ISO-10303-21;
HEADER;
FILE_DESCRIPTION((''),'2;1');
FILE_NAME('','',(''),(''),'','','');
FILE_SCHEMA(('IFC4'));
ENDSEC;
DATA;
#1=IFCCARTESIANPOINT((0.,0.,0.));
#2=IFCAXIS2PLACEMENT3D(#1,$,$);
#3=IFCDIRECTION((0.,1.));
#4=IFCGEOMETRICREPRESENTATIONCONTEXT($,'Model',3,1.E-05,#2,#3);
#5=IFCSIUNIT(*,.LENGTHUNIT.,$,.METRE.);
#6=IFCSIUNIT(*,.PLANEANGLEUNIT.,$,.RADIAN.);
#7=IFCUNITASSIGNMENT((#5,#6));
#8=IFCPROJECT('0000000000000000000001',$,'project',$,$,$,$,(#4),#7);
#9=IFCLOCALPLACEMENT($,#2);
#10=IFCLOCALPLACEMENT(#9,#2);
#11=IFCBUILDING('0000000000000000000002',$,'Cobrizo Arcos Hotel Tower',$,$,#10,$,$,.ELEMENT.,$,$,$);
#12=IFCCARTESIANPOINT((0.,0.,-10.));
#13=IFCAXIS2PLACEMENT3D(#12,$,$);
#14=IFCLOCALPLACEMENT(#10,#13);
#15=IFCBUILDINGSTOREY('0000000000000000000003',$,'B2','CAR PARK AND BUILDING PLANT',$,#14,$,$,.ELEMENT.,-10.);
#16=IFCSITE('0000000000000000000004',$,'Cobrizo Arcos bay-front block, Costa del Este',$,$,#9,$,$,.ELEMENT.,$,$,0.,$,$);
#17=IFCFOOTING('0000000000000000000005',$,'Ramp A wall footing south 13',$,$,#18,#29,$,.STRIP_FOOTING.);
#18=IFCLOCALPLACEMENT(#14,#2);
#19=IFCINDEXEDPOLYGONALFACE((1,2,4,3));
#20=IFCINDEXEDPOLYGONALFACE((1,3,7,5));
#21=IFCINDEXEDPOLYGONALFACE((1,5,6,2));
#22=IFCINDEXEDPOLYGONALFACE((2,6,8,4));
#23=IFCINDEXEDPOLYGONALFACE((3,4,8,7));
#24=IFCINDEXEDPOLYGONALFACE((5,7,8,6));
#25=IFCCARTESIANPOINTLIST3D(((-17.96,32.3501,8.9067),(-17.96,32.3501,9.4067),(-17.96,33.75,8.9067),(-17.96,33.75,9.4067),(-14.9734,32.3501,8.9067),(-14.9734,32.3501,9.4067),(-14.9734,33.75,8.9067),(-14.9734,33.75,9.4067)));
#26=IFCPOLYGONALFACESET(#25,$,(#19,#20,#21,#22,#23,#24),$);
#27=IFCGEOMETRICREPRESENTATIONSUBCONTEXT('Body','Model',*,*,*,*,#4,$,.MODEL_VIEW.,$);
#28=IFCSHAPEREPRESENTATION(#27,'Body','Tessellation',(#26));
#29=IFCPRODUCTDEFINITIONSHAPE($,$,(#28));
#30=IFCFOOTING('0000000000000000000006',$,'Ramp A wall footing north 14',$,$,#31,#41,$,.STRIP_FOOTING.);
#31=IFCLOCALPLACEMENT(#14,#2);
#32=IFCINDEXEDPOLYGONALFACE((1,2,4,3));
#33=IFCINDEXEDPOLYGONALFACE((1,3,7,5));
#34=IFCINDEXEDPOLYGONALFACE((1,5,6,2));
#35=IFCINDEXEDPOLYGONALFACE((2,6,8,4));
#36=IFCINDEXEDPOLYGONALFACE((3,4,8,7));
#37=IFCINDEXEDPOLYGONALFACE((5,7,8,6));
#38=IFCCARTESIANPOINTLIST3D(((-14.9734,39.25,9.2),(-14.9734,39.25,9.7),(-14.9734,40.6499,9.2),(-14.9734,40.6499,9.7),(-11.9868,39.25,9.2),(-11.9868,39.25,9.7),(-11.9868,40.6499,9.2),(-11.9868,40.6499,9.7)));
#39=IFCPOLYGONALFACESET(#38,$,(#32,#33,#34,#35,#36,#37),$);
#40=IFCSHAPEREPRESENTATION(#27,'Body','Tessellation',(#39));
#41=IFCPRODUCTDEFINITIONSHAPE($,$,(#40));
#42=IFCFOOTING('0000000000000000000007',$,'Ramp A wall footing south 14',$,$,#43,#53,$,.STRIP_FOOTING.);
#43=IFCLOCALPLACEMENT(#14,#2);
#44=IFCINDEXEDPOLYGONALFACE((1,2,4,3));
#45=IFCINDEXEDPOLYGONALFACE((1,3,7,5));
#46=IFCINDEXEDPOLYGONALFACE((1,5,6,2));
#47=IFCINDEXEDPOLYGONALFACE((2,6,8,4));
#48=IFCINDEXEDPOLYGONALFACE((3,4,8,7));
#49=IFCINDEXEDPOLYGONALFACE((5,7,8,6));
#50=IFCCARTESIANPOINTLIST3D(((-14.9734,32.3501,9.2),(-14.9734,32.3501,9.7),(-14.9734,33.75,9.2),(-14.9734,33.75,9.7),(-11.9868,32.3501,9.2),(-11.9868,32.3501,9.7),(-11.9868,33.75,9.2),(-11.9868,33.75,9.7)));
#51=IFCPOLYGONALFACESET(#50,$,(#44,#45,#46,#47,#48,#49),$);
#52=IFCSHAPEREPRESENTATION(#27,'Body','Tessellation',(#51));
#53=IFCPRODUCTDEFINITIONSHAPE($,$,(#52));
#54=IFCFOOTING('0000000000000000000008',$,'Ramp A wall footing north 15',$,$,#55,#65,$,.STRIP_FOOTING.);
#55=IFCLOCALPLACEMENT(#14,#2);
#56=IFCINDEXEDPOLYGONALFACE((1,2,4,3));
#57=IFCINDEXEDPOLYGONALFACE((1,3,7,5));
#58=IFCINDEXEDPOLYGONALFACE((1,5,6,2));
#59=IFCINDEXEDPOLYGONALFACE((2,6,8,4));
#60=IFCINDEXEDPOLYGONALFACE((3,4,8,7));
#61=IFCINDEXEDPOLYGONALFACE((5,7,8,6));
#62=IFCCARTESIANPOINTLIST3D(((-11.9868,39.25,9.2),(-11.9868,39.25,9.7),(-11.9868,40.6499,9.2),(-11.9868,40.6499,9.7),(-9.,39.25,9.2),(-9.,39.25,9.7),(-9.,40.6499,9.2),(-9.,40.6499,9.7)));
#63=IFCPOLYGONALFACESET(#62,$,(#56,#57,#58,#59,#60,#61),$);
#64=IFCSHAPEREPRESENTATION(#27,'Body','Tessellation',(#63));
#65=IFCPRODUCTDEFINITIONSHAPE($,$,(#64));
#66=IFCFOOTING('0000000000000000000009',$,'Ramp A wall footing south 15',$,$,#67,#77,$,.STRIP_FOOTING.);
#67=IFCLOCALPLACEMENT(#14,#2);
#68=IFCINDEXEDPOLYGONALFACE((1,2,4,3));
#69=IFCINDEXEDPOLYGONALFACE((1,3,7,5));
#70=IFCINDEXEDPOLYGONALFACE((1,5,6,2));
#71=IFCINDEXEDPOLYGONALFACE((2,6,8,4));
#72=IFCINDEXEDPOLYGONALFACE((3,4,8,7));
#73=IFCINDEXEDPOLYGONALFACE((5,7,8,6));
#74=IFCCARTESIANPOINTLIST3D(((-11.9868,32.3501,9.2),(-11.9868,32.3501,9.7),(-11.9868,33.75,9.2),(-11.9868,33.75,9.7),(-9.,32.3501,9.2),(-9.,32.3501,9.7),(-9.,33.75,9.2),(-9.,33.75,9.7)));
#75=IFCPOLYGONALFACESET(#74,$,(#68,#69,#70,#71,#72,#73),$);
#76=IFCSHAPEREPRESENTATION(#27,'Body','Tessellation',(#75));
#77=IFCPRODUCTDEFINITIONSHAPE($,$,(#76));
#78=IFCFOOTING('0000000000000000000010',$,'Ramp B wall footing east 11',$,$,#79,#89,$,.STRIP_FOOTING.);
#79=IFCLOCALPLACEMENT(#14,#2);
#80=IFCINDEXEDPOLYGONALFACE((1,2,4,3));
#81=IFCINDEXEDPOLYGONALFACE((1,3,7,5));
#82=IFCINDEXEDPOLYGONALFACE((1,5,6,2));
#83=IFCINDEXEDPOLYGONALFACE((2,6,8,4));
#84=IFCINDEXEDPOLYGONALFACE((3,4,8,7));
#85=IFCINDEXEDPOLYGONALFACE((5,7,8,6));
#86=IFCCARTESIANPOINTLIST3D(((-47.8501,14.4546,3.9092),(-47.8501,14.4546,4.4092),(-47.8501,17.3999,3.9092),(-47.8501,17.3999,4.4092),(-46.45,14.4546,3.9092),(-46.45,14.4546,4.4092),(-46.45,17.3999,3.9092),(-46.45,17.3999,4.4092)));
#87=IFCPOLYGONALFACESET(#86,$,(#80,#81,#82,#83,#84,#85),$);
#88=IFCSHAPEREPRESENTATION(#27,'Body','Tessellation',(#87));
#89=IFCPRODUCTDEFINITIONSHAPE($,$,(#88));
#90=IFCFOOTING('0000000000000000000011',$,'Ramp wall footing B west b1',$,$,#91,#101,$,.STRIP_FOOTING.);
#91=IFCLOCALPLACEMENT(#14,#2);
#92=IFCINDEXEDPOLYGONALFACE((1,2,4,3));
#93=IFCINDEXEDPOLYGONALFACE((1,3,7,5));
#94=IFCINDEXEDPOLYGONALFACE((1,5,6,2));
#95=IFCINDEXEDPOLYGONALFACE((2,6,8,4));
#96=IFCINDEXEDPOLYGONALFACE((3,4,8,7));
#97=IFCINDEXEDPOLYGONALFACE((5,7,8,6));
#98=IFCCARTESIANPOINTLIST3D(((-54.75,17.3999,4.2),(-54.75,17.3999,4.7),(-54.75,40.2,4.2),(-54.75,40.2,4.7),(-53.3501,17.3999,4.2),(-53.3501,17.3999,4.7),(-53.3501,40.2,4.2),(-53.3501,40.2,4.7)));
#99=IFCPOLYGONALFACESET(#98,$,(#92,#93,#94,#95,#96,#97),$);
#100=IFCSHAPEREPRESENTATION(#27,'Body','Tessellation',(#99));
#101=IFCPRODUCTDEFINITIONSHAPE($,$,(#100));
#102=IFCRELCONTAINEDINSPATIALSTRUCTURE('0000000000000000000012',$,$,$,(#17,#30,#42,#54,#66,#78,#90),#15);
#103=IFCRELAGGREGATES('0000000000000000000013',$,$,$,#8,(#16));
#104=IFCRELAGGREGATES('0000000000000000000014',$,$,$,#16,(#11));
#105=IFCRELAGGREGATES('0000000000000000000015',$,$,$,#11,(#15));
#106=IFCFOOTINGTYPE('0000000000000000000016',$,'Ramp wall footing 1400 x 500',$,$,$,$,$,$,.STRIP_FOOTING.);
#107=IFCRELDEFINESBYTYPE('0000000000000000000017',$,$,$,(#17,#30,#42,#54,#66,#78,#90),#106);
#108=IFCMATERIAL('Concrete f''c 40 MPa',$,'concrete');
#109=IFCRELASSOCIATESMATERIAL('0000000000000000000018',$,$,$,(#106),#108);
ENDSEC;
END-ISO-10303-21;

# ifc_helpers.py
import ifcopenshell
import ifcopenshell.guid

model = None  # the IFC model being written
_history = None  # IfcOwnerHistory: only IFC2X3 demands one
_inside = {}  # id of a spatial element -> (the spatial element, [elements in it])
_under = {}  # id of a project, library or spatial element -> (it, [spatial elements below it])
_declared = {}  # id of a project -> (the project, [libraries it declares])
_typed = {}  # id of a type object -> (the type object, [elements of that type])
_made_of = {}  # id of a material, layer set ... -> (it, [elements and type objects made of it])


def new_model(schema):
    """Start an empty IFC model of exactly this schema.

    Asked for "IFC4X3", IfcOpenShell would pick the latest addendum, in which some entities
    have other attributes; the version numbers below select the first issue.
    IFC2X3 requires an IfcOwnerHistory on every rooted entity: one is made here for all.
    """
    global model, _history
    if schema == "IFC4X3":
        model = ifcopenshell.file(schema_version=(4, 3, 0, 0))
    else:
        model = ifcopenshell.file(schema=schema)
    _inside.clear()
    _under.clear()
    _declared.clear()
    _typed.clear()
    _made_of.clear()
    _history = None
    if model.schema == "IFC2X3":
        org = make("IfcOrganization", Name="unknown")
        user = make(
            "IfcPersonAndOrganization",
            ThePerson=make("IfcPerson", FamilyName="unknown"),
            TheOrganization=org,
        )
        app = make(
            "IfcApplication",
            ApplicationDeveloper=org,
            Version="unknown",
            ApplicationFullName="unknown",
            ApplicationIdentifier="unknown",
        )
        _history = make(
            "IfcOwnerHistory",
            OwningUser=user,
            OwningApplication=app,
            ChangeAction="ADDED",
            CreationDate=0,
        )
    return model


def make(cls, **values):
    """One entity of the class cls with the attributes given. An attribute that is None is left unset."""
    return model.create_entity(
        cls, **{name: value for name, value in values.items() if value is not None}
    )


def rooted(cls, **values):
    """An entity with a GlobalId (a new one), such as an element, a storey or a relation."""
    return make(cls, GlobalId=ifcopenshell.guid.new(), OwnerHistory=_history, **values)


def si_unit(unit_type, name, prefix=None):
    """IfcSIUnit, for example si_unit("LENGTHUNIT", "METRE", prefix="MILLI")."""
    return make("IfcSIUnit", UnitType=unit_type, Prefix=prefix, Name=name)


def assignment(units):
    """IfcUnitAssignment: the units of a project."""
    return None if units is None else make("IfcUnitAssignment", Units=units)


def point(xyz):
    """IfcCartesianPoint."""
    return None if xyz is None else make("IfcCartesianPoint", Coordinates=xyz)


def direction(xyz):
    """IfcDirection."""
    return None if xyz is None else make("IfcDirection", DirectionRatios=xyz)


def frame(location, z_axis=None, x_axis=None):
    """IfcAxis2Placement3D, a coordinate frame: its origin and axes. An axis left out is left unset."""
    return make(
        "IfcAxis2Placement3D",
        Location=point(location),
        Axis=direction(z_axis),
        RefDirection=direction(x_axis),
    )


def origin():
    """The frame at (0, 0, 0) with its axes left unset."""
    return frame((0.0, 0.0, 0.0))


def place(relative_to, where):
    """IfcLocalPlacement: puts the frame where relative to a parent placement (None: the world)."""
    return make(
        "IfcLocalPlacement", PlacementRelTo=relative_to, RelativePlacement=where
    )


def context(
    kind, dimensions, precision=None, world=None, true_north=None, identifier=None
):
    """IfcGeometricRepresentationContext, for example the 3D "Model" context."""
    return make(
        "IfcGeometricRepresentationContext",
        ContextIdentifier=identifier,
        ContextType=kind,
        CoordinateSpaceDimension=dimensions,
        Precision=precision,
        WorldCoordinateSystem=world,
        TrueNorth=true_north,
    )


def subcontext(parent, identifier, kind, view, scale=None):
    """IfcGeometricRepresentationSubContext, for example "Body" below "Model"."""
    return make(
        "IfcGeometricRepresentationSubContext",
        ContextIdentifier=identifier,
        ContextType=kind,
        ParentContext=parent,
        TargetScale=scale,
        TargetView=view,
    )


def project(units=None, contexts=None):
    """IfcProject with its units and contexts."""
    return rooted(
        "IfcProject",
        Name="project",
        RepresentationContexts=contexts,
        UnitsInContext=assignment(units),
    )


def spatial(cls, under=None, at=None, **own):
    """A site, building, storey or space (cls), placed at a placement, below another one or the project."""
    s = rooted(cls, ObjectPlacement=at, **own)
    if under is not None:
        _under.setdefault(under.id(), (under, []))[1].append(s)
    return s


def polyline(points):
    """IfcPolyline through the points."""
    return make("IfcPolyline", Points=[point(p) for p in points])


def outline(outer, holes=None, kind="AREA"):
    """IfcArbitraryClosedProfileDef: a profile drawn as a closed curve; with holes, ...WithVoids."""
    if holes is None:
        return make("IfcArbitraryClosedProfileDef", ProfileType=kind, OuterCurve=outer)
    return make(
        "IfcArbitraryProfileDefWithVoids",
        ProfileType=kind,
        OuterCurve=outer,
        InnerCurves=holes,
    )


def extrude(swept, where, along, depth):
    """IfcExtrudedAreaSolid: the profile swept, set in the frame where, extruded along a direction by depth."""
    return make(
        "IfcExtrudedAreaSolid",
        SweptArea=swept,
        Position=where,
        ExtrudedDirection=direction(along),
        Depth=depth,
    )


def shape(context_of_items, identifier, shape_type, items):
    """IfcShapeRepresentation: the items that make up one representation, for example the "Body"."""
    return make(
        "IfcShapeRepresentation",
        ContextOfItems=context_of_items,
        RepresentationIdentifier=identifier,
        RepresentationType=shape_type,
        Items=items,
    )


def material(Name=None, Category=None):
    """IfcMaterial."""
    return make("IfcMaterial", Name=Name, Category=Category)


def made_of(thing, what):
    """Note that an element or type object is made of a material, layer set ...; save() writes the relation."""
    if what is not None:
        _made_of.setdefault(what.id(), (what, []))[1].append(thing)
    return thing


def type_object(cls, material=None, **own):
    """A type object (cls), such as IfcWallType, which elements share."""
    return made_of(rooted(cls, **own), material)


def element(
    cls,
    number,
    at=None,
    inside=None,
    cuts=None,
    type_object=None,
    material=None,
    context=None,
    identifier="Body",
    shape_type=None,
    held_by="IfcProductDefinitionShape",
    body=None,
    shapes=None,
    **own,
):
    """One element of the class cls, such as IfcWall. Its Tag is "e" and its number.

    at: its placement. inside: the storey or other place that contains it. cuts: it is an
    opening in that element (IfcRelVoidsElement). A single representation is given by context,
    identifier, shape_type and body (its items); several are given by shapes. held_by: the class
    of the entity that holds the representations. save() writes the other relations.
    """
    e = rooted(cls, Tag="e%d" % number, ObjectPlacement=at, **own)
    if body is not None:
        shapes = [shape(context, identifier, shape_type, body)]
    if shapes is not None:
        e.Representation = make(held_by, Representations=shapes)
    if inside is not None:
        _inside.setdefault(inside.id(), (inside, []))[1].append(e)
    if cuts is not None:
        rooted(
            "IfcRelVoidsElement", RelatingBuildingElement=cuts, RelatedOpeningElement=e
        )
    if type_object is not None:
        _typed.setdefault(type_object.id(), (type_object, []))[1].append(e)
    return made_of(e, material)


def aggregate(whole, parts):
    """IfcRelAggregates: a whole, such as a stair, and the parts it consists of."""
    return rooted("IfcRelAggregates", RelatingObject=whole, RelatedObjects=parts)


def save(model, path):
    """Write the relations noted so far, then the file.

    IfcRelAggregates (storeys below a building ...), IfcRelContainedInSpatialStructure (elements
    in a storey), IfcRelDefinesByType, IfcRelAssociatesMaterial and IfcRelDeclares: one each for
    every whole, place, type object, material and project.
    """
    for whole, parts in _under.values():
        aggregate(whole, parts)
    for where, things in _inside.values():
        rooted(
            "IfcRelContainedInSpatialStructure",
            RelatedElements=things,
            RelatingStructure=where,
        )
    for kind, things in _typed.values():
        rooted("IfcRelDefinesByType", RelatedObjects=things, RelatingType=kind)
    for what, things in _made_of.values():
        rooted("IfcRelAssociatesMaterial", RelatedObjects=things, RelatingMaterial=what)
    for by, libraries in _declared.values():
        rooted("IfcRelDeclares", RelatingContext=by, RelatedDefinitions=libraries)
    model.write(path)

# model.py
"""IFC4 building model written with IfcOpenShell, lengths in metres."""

from ifc_helpers import new_model, si_unit, direction, frame, origin, place, context, subcontext, project, spatial, polyline, outline, extrude, material, type_object, element, save


model = new_model("IFC4")

# Units and contexts
model_context = context("Model", 3, precision=1e-05, world=origin(), true_north=direction((0.0, 1.0)))
body_context = subcontext(model_context, "Body", "Model", "MODEL_VIEW")
ifc_project = project(units=[si_unit("LENGTHUNIT", "METRE"), si_unit("PLANEANGLEUNIT", "RADIAN")], contexts=[model_context])

# Site, building, storey
site_placement = place(None, origin())
site = spatial("IfcSite", under=ifc_project, at=site_placement, Name="Cobrizo Arcos bay-front block, Costa del Este", CompositionType="ELEMENT", RefElevation=0.0)
building_placement = place(site_placement, origin())
building = spatial("IfcBuilding", under=site, at=building_placement, Name="Cobrizo Arcos Hotel Tower", CompositionType="ELEMENT")
storey_placement = place(building_placement, frame((0.0, 0.0, -10.0)))
storey = spatial("IfcBuildingStorey", under=building, at=storey_placement, Name="B2", Description="CAR PARK AND BUILDING PLANT", CompositionType="ELEMENT", Elevation=-10.0)

# Footings
ifc_material = material(Name="Concrete f'c 40 MPa", Category="concrete")
footing_type = type_object("IfcFootingType", Name="Ramp wall footing 1400 x 500", PredefinedType="STRIP_FOOTING", material=ifc_material)
footing_1_placement = place(storey_placement, frame((0.0, 0.0, 8.9067)))
element("IfcFooting", 1, at=footing_1_placement, inside=storey, type_object=footing_type, Name="Ramp A wall footing south 13", PredefinedType="STRIP_FOOTING", context=body_context, shape_type="SweptSolid", body=[
    extrude(outline(polyline([(-14.9734, 33.75), (-14.9734, 32.3501), (-17.96, 32.3501), (-17.96, 33.75), (-14.9734, 33.75)])), origin(), (0.0, 0.0, 1.0), 0.5),
])
footing_2_placement = place(storey_placement, frame((0.0, 0.0, 9.2)))
element("IfcFooting", 2, at=footing_2_placement, inside=storey, type_object=footing_type, Name="Ramp A wall footing north 14", PredefinedType="STRIP_FOOTING", context=body_context, shape_type="SweptSolid", body=[
    extrude(outline(polyline([(-11.9868, 40.6499), (-11.9868, 39.25), (-14.9734, 39.25), (-14.9734, 40.6499), (-11.9868, 40.6499)])), origin(), (0.0, 0.0, 1.0), 0.5),
])
footing_3_placement = place(storey_placement, frame((0.0, 0.0, 9.2)))
element("IfcFooting", 3, at=footing_3_placement, inside=storey, type_object=footing_type, Name="Ramp A wall footing south 14", PredefinedType="STRIP_FOOTING", context=body_context, shape_type="SweptSolid", body=[
    extrude(outline(polyline([(-11.9868, 33.75), (-11.9868, 32.3501), (-14.9734, 32.3501), (-14.9734, 33.75), (-11.9868, 33.75)])), origin(), (0.0, 0.0, 1.0), 0.5),
])
footing_4_placement = place(storey_placement, frame((0.0, 0.0, 9.2)))
element("IfcFooting", 4, at=footing_4_placement, inside=storey, type_object=footing_type, Name="Ramp A wall footing north 15", PredefinedType="STRIP_FOOTING", context=body_context, shape_type="SweptSolid", body=[
    extrude(outline(polyline([(-9.0, 40.6499), (-9.0, 39.25), (-11.9868, 39.25), (-11.9868, 40.6499), (-9.0, 40.6499)])), origin(), (0.0, 0.0, 1.0), 0.5),
])
footing_5_placement = place(storey_placement, frame((0.0, 0.0, 9.2)))
element("IfcFooting", 5, at=footing_5_placement, inside=storey, type_object=footing_type, Name="Ramp A wall footing south 15", PredefinedType="STRIP_FOOTING", context=body_context, shape_type="SweptSolid", body=[
    extrude(outline(polyline([(-9.0, 33.75), (-9.0, 32.3501), (-11.9868, 32.3501), (-11.9868, 33.75), (-9.0, 33.75)])), origin(), (0.0, 0.0, 1.0), 0.5),
])
footing_6_placement = place(storey_placement, frame((0.0, 0.0, 3.9092)))
element("IfcFooting", 6, at=footing_6_placement, inside=storey, type_object=footing_type, Name="Ramp B wall footing east 11", PredefinedType="STRIP_FOOTING", context=body_context, shape_type="SweptSolid", body=[
    extrude(outline(polyline([(-47.8501, 17.3999), (-46.45, 17.3999), (-46.45, 14.4546), (-47.8501, 14.4546), (-47.8501, 17.3999)])), origin(), (0.0, 0.0, 1.0), 0.5),
])
footing_7_placement = place(storey_placement, frame((0.0, 0.0, 4.2)))
element("IfcFooting", 7, at=footing_7_placement, inside=storey, type_object=footing_type, Name="Ramp wall footing B west b1", PredefinedType="STRIP_FOOTING", context=body_context, shape_type="SweptSolid", body=[
    extrude(outline(polyline([(-54.75, 40.2), (-53.3501, 40.2), (-53.3501, 17.3999), (-54.75, 17.3999), (-54.75, 40.2)])), origin(), (0.0, 0.0, 1.0), 0.5),
])

save(model, "model.ifc")
